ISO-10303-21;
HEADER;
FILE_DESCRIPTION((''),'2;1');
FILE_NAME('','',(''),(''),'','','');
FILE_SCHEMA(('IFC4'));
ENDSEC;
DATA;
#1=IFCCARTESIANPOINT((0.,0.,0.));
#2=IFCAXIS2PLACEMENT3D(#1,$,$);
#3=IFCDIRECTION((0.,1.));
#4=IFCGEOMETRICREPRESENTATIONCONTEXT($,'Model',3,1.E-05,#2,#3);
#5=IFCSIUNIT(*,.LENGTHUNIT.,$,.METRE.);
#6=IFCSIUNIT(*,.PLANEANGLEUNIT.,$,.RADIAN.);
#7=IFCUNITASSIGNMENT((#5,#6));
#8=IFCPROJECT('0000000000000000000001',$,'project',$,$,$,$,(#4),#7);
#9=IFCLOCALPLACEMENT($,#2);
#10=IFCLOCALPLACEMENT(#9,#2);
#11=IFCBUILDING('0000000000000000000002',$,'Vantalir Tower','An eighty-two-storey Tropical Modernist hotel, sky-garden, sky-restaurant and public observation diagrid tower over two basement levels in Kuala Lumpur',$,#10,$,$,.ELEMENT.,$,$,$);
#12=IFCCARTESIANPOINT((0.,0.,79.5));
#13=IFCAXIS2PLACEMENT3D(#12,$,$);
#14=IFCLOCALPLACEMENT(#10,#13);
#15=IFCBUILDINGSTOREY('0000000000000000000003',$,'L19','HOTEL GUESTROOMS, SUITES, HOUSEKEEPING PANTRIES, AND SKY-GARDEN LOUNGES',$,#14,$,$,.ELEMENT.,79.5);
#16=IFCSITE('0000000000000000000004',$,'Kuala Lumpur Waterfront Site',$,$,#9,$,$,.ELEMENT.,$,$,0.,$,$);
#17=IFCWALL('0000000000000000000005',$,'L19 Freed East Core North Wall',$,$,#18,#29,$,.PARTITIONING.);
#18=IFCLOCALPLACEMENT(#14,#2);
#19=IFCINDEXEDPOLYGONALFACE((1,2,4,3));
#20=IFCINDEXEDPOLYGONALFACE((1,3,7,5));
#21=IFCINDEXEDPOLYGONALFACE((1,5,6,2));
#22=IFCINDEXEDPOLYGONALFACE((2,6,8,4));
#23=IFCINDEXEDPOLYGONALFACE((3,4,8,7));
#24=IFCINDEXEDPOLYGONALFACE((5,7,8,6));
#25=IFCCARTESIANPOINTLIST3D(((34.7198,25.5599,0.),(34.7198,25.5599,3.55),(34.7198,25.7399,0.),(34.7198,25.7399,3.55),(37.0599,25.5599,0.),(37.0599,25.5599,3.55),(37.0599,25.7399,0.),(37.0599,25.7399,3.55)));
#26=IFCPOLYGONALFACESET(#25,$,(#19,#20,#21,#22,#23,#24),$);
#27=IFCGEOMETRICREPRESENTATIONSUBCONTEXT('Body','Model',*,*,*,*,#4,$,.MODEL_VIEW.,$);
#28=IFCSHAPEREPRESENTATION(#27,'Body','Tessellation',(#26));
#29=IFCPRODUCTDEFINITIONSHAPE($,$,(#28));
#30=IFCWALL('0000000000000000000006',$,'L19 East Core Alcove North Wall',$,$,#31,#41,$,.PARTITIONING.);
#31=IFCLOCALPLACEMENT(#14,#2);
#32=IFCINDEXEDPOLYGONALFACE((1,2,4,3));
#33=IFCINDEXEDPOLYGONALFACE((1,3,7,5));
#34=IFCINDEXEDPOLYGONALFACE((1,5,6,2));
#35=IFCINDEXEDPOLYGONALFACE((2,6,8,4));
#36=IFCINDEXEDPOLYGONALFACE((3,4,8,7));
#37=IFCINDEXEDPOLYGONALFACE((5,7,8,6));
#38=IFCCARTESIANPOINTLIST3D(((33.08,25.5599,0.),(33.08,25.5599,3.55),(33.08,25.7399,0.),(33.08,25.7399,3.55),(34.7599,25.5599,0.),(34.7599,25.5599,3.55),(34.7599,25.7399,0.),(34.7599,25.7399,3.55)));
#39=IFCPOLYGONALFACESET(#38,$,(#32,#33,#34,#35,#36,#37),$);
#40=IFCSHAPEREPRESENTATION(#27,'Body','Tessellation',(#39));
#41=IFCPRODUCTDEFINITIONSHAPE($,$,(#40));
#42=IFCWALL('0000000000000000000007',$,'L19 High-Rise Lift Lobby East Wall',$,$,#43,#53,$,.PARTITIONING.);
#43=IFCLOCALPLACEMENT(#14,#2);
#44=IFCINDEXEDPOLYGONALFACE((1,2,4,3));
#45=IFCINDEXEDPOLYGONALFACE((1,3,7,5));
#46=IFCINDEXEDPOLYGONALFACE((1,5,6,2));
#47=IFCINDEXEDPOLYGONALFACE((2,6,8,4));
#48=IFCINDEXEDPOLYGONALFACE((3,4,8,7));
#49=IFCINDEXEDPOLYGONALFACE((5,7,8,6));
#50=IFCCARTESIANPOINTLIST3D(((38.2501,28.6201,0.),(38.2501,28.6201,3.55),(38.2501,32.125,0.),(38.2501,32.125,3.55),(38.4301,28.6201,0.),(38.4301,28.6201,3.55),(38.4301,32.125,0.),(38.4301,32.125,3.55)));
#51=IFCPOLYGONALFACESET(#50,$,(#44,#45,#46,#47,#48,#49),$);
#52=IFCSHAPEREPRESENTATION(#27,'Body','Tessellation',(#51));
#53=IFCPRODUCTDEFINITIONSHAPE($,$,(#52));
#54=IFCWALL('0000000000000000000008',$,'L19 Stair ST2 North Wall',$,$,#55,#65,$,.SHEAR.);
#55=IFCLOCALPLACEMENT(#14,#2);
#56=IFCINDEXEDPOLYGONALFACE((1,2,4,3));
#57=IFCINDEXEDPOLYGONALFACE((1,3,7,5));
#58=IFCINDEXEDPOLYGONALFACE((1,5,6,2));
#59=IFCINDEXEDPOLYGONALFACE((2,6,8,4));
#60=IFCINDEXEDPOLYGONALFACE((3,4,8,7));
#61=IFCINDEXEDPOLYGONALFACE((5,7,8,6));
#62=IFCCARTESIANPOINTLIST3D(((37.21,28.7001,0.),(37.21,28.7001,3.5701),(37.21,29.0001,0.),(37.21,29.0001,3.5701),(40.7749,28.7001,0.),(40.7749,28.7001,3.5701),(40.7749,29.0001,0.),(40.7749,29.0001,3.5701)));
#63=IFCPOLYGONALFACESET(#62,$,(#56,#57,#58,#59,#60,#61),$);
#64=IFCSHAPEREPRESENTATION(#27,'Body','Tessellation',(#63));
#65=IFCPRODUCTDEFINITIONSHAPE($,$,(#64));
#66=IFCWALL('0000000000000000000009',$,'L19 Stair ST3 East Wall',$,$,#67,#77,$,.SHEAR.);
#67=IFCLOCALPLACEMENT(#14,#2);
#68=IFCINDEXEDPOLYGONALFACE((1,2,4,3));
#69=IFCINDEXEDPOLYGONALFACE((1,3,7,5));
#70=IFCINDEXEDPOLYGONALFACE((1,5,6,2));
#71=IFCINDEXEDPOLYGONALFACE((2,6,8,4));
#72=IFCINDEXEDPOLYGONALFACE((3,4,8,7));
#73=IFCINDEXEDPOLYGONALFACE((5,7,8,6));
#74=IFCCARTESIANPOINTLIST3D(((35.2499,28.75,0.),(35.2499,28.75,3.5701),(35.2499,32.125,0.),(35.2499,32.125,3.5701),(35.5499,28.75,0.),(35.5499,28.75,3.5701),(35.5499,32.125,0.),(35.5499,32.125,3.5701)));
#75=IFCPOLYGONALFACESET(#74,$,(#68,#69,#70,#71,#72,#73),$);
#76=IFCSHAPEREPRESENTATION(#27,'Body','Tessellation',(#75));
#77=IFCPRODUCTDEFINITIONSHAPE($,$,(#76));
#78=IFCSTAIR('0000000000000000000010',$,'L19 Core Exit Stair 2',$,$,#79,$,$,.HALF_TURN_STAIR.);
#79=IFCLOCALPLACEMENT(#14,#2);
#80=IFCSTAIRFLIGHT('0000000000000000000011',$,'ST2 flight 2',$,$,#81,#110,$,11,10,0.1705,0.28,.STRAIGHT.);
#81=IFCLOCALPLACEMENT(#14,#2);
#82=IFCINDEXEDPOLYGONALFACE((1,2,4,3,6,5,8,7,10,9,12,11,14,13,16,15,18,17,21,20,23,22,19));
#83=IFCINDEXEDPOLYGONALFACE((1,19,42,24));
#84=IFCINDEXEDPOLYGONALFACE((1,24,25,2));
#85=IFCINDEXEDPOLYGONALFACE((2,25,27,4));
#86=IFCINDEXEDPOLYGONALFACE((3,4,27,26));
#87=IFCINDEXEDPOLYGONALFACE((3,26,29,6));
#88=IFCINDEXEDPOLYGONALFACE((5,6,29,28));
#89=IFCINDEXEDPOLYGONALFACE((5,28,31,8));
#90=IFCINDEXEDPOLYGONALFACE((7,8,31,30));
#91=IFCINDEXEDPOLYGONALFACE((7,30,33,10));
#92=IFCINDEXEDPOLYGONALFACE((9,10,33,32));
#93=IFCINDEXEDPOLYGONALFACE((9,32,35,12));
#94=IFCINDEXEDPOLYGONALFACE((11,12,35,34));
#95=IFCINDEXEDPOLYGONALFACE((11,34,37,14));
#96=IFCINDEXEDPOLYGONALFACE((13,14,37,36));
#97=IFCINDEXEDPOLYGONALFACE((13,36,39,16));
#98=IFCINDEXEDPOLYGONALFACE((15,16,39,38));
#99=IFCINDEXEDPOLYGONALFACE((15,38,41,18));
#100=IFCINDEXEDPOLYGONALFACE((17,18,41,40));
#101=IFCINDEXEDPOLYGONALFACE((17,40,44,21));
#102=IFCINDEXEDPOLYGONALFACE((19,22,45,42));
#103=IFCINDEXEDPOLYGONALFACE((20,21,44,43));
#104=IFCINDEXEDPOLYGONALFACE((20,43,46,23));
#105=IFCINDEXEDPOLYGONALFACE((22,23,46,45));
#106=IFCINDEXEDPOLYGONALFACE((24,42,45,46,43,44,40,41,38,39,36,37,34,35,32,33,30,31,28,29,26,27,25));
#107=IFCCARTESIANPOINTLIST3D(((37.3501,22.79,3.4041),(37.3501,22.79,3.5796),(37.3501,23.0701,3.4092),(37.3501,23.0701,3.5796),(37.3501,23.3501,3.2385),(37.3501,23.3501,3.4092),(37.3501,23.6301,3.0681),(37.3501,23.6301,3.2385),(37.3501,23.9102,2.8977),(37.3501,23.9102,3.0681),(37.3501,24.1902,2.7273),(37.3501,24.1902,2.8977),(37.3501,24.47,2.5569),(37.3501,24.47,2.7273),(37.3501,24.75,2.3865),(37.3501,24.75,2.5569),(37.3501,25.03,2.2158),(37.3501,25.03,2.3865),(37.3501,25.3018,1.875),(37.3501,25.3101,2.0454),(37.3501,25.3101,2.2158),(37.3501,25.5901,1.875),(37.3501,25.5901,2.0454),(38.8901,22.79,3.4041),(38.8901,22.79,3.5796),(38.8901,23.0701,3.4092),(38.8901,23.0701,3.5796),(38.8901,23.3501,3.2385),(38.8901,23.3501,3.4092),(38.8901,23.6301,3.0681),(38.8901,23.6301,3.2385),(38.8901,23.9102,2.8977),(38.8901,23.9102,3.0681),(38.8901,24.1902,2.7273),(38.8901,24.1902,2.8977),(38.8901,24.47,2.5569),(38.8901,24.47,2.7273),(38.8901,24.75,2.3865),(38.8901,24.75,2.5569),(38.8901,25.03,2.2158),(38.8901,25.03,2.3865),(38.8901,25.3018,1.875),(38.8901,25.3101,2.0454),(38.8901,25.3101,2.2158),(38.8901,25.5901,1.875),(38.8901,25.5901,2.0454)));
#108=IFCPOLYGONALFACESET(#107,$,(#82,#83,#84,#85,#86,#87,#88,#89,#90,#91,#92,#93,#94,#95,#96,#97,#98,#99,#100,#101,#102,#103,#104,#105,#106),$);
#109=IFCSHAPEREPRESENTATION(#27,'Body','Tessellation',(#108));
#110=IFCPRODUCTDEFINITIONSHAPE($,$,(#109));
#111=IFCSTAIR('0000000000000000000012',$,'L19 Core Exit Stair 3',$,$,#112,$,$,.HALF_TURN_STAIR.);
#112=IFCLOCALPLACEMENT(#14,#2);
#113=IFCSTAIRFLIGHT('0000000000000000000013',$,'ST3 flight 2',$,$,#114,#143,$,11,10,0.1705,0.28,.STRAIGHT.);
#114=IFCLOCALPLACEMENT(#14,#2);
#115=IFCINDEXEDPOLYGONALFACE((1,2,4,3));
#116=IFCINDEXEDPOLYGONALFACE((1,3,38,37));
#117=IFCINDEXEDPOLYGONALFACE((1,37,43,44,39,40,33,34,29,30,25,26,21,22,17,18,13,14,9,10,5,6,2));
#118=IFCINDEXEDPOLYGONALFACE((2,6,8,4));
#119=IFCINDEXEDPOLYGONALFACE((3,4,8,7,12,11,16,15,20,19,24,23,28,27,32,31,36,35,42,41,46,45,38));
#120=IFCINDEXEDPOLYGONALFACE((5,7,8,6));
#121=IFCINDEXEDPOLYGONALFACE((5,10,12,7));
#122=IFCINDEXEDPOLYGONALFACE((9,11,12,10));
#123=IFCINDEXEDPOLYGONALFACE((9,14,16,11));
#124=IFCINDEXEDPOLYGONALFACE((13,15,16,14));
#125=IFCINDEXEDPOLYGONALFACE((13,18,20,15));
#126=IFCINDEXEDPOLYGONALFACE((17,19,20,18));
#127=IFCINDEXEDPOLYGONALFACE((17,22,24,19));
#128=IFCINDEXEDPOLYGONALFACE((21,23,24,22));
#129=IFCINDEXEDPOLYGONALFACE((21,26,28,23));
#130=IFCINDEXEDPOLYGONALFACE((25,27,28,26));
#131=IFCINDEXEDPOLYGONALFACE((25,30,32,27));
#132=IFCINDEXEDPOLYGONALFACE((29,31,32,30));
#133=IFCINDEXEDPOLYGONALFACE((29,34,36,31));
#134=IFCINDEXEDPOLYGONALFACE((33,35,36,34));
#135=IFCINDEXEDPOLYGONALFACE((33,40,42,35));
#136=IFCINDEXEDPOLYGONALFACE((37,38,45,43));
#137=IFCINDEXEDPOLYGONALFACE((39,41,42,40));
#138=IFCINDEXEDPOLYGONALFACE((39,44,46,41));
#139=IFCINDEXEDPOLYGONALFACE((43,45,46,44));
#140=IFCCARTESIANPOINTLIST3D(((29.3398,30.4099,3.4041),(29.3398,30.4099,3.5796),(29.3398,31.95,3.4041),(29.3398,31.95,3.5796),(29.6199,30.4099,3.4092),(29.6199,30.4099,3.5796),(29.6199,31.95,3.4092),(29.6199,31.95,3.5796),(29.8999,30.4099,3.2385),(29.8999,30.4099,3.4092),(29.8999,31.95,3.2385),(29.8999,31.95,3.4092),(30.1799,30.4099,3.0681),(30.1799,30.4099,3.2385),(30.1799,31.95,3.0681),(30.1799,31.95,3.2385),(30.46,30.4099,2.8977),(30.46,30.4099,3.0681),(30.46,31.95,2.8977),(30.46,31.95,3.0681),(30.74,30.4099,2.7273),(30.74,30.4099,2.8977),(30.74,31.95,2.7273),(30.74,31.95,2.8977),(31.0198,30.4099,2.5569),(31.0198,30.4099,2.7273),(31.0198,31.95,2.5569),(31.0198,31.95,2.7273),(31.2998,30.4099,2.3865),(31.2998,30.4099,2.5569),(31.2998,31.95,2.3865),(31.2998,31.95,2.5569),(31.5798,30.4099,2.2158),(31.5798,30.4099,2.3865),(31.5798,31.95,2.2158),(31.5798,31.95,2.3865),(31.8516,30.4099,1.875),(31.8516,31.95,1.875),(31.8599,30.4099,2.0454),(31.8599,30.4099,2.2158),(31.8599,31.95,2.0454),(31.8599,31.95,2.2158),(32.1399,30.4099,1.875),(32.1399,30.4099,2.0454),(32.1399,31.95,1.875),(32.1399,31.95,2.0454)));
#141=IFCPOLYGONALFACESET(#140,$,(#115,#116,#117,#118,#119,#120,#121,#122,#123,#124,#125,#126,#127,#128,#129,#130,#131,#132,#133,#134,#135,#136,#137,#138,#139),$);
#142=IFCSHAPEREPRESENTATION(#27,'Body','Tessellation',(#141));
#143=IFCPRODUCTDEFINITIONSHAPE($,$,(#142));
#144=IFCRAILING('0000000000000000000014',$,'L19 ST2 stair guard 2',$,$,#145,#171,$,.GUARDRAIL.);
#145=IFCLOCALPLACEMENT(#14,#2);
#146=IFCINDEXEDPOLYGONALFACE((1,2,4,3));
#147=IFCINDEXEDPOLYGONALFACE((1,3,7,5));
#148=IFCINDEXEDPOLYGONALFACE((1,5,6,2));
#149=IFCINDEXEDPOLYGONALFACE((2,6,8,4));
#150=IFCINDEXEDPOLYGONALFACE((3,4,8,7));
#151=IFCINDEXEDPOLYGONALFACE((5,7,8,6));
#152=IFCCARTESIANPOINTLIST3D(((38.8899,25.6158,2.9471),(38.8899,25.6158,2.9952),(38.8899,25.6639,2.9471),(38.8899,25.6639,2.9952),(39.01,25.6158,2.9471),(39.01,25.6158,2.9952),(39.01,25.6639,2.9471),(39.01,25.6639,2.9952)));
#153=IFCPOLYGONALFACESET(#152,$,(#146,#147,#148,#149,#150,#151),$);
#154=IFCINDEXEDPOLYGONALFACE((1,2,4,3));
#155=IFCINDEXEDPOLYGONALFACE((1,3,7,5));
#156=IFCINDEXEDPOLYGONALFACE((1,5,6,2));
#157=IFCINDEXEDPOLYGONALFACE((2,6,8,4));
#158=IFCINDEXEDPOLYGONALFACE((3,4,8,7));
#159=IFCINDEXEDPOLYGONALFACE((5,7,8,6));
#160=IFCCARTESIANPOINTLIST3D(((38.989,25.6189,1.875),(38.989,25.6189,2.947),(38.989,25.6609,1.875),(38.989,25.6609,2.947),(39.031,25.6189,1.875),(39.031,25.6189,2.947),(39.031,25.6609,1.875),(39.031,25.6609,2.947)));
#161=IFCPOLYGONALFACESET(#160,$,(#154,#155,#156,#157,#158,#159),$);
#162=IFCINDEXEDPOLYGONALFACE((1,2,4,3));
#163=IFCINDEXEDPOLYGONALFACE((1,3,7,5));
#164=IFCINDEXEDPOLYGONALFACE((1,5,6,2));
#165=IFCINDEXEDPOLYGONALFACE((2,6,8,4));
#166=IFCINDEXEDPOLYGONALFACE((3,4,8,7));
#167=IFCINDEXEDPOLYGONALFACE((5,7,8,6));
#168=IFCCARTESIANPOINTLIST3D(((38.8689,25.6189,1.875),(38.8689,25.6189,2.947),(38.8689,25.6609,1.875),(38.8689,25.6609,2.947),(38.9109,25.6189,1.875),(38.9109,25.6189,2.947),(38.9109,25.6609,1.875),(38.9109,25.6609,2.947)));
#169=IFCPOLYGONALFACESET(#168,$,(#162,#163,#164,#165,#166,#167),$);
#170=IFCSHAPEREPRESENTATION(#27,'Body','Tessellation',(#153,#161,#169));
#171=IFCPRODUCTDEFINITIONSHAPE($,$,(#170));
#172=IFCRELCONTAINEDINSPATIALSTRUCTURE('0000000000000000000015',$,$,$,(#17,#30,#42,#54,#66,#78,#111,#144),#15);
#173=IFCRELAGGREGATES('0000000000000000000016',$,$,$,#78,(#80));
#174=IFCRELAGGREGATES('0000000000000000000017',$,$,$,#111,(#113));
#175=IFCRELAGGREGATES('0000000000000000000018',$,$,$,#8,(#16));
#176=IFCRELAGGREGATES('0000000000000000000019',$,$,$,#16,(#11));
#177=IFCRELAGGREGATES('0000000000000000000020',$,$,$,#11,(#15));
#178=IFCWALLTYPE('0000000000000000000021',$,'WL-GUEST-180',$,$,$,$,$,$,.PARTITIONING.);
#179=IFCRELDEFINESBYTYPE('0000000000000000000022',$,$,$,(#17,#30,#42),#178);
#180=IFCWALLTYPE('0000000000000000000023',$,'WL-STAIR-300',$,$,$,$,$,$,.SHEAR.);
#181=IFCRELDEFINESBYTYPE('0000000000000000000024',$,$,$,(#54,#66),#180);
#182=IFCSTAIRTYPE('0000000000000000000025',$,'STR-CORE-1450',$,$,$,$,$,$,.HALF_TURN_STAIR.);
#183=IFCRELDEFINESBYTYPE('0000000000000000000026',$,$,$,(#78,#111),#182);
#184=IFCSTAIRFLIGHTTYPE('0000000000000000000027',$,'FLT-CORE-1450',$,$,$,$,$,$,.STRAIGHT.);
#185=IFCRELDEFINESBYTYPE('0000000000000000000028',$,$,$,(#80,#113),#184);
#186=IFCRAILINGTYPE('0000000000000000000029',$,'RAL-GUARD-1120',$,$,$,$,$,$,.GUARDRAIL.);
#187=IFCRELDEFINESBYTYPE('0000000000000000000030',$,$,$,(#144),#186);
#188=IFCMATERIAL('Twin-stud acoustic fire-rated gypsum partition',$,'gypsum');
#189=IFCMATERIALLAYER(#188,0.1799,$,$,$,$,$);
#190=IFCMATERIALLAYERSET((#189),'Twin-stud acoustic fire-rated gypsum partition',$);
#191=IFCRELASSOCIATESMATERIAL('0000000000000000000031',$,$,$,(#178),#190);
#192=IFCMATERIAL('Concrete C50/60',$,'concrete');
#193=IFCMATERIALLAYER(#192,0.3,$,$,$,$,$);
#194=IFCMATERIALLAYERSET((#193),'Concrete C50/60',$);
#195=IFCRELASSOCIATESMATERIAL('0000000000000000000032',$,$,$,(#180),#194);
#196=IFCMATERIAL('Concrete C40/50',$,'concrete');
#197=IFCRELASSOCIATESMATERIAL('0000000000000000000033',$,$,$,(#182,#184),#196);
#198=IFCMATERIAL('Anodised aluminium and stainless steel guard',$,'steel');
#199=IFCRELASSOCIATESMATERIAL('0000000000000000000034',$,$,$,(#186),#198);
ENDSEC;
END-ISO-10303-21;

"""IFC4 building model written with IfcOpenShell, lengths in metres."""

from ifc_helpers import new_model, si_unit, direction, frame, frame_2d, origin, origin_2d, place, context, subcontext, project, spatial, polyline, rectangle, outline, extrude, material, layer, layer_set, type_object, element, aggregate, save


model = new_model("IFC4")

# Units and contexts
model_context = context("Model", 3, precision=1e-05, world=origin(), true_north=direction((0.0, 1.0)))
body_context = subcontext(model_context, "Body", "Model", "MODEL_VIEW")
ifc_project = project(units=[si_unit("LENGTHUNIT", "METRE"), si_unit("PLANEANGLEUNIT", "RADIAN")], contexts=[model_context])

# Site, building, storey
site_placement = place(None, origin())
site = spatial("IfcSite", under=ifc_project, at=site_placement, Name="Kuala Lumpur Waterfront Site", CompositionType="ELEMENT", RefElevation=0.0)
building_placement = place(site_placement, origin())
building = spatial("IfcBuilding", under=site, at=building_placement, Name="Vantalir Tower", Description="An eighty-two-storey Tropical Modernist hotel, sky-garden, sky-restaurant and public observation diagrid tower over two basement levels in Kuala Lumpur", CompositionType="ELEMENT")
storey_placement = place(building_placement, frame((0.0, 0.0, 79.5)))
storey = spatial("IfcBuildingStorey", under=building, at=storey_placement, Name="L19", Description="HOTEL GUESTROOMS, SUITES, HOUSEKEEPING PANTRIES, AND SKY-GARDEN LOUNGES", CompositionType="ELEMENT", Elevation=79.5)

# Walls
ifc_material_1 = material(Name="Twin-stud acoustic fire-rated gypsum partition", Category="gypsum")
ifc_layer_1 = layer(ifc_material_1, 0.1799)
ifc_layer_set_1 = layer_set([ifc_layer_1], Name="Twin-stud acoustic fire-rated gypsum partition")
wall_type_1 = type_object("IfcWallType", Name="WL-GUEST-180", PredefinedType="PARTITIONING", material=ifc_layer_set_1)
wall_1_placement = place(storey_placement, frame((34.72, 25.6499, 0.0), z_axis=(0.0, 0.0, 1.0), x_axis=(1.0, 0.0, 0.0)))
element("IfcWall", 1, at=wall_1_placement, inside=storey, type_object=wall_type_1, Name="L19 Freed East Core North Wall", PredefinedType="PARTITIONING", context=body_context, shape_type="SweptSolid", body=[
    extrude(rectangle(XDim=2.3401, YDim=0.1799, at=frame_2d((1.1699, 0.0))), origin(), (0.0, 0.0, 1.0), 3.55),
])
wall_2_placement = place(storey_placement, frame((33.0801, 25.6499, 0.0), z_axis=(0.0, 0.0, 1.0), x_axis=(1.0, 0.0, 0.0)))
element("IfcWall", 2, at=wall_2_placement, inside=storey, type_object=wall_type_1, Name="L19 East Core Alcove North Wall", PredefinedType="PARTITIONING", context=body_context, shape_type="SweptSolid", body=[
    extrude(rectangle(XDim=1.6799, YDim=0.1799, at=frame_2d((0.8398, 0.0))), origin(), (0.0, 0.0, 1.0), 3.55),
])
wall_3_placement = place(storey_placement, frame((38.3401, 28.6201, 0.0), z_axis=(0.0, 0.0, 1.0), x_axis=(0.0, 1.0, 0.0)))
element("IfcWall", 3, at=wall_3_placement, inside=storey, type_object=wall_type_1, Name="L19 High-Rise Lift Lobby East Wall", PredefinedType="PARTITIONING", context=body_context, shape_type="SweptSolid", body=[
    extrude(rectangle(XDim=3.5049, YDim=0.1799, at=frame_2d((1.7524, 0.0))), origin(), (0.0, 0.0, 1.0), 3.55),
])
ifc_material_2 = material(Name="Concrete C50/60", Category="concrete")
ifc_layer_2 = layer(ifc_material_2, 0.3)
ifc_layer_set_2 = layer_set([ifc_layer_2], Name="Concrete C50/60")
wall_type_2 = type_object("IfcWallType", Name="WL-STAIR-300", PredefinedType="SHEAR", material=ifc_layer_set_2)
wall_4_placement = place(storey_placement, frame((37.21, 28.8501, 0.0), z_axis=(0.0, 0.0, 1.0), x_axis=(1.0, 0.0, 0.0)))
element("IfcWall", 4, at=wall_4_placement, inside=storey, type_object=wall_type_2, Name="L19 Stair ST2 North Wall", PredefinedType="SHEAR", context=body_context, shape_type="SweptSolid", body=[
    extrude(rectangle(XDim=3.5649, YDim=0.3, at=frame_2d((1.7825, 0.0))), origin(), (0.0, 0.0, 1.0), 3.5701),
])
wall_5_placement = place(storey_placement, frame((35.3999, 28.75, 0.0), z_axis=(0.0, 0.0, 1.0), x_axis=(0.0, 1.0, 0.0)))
element("IfcWall", 5, at=wall_5_placement, inside=storey, type_object=wall_type_2, Name="L19 Stair ST3 East Wall", PredefinedType="SHEAR", context=body_context, shape_type="SweptSolid", body=[
    extrude(rectangle(XDim=3.375, YDim=0.3, at=frame_2d((1.6875, 0.0))), origin(), (0.0, 0.0, 1.0), 3.5701),
])

# Stairs, stair flights
ifc_material_3 = material(Name="Concrete C40/50", Category="concrete")
stair_type = type_object("IfcStairType", Name="STR-CORE-1450", PredefinedType="HALF_TURN_STAIR", material=ifc_material_3)
stair_1_placement = place(storey_placement, origin())
stair_1 = element("IfcStair", 6, at=stair_1_placement, inside=storey, type_object=stair_type, Name="L19 Core Exit Stair 2", PredefinedType="HALF_TURN_STAIR")
stair_flight_type = type_object("IfcStairFlightType", Name="FLT-CORE-1450", PredefinedType="STRAIGHT", material=ifc_material_3)
stair_flight_1_placement = place(storey_placement, frame((38.1201, 25.5901, 1.875), z_axis=(0.0, 0.0, 1.0), x_axis=(0.0, -1.0, 0.0)))
stair_flight_1 = element("IfcStairFlight", 7, at=stair_flight_1_placement, type_object=stair_flight_type, Name="ST2 flight 2", NumberOfRisers=11, NumberOfTreads=10, PredefinedType="STRAIGHT", RiserHeight=0.1705, TreadLength=0.28, context=body_context, shape_type="SweptSolid", body=[
    extrude(outline(polyline([(0.0, 0.0), (0.0, 0.1704), (0.28, 0.1704), (0.28, 0.3408), (0.5601, 0.3408), (0.5601, 0.5115), (0.8401, 0.5115), (0.8401, 0.6819), (1.1201, 0.6819), (1.1201, 0.8523), (1.3999, 0.8523), (1.3999, 1.0227), (1.6799, 1.0227), (1.6799, 1.1931), (1.96, 1.1931), (1.96, 1.3635), (2.24, 1.3635), (2.24, 1.5342), (2.52, 1.5342), (2.52, 1.7046), (2.8, 1.7046), (2.8, 1.875), (2.8, 1.5291), (0.2883, 0.0), (0.0, 0.0)])), frame((0.0, 0.77, 0.0), z_axis=(0.0, -1.0, 0.0), x_axis=(1.0, 0.0, 0.0)), (0.0, 0.0, 1.0), 1.54),
])
aggregate(stair_1, [stair_flight_1])
stair_2_placement = place(storey_placement, origin())
stair_2 = element("IfcStair", 8, at=stair_2_placement, inside=storey, type_object=stair_type, Name="L19 Core Exit Stair 3", PredefinedType="HALF_TURN_STAIR")
stair_flight_2_placement = place(storey_placement, frame((32.1399, 31.1799, 1.875), z_axis=(0.0, 0.0, 1.0), x_axis=(-1.0, 0.0, 0.0)))
stair_flight_2 = element("IfcStairFlight", 9, at=stair_flight_2_placement, type_object=stair_flight_type, Name="ST3 flight 2", NumberOfRisers=11, NumberOfTreads=10, PredefinedType="STRAIGHT", RiserHeight=0.1705, TreadLength=0.28, context=body_context, shape_type="SweptSolid", body=[
    extrude(outline(polyline([(0.0, 0.0), (0.0, 0.1704), (0.28, 0.1704), (0.28, 0.3408), (0.5601, 0.3408), (0.5601, 0.5115), (0.8401, 0.5115), (0.8401, 0.6819), (1.1201, 0.6819), (1.1201, 0.8523), (1.3999, 0.8523), (1.3999, 1.0227), (1.6799, 1.0227), (1.6799, 1.1931), (1.96, 1.1931), (1.96, 1.3635), (2.24, 1.3635), (2.24, 1.5342), (2.52, 1.5342), (2.52, 1.7046), (2.8, 1.7046), (2.8, 1.875), (2.8, 1.5291), (0.2883, 0.0), (0.0, 0.0)])), frame((0.0, 0.77, 0.0), z_axis=(0.0, -1.0, 0.0), x_axis=(1.0, 0.0, 0.0)), (0.0, 0.0, 1.0), 1.54),
])
aggregate(stair_2, [stair_flight_2])

# Railing
ifc_material_4 = material(Name="Anodised aluminium and stainless steel guard", Category="steel")
railing_type_1 = type_object("IfcRailingType", Name="RAL-GUARD-1120", PredefinedType="GUARDRAIL", material=ifc_material_4)
railing_1_placement = place(storey_placement, frame((39.01, 25.6399, 1.875)))
element("IfcRailing", 10, at=railing_1_placement, inside=storey, type_object=railing_type_1, Name="L19 ST2 stair guard 2", PredefinedType="GUARDRAIL", context=body_context, shape_type="SweptSolid", body=[
    extrude(rectangle(XDim=0.0481, YDim=0.0481, at=origin_2d()), frame((0.0, 0.0, 1.0962), z_axis=(-1.0, 0.0, 0.0), x_axis=(0.0, -1.0, 0.0)), (0.0, 0.0, 1.0), 0.1201),
    extrude(rectangle(XDim=0.042, YDim=0.042, at=origin_2d()), origin(), (0.0, 0.0, 1.0), 1.072),
    extrude(rectangle(XDim=0.042, YDim=0.042, at=origin_2d()), frame((-0.1201, 0.0, 0.0)), (0.0, 0.0, 1.0), 1.072),
])

save(model, "model.ifc")
